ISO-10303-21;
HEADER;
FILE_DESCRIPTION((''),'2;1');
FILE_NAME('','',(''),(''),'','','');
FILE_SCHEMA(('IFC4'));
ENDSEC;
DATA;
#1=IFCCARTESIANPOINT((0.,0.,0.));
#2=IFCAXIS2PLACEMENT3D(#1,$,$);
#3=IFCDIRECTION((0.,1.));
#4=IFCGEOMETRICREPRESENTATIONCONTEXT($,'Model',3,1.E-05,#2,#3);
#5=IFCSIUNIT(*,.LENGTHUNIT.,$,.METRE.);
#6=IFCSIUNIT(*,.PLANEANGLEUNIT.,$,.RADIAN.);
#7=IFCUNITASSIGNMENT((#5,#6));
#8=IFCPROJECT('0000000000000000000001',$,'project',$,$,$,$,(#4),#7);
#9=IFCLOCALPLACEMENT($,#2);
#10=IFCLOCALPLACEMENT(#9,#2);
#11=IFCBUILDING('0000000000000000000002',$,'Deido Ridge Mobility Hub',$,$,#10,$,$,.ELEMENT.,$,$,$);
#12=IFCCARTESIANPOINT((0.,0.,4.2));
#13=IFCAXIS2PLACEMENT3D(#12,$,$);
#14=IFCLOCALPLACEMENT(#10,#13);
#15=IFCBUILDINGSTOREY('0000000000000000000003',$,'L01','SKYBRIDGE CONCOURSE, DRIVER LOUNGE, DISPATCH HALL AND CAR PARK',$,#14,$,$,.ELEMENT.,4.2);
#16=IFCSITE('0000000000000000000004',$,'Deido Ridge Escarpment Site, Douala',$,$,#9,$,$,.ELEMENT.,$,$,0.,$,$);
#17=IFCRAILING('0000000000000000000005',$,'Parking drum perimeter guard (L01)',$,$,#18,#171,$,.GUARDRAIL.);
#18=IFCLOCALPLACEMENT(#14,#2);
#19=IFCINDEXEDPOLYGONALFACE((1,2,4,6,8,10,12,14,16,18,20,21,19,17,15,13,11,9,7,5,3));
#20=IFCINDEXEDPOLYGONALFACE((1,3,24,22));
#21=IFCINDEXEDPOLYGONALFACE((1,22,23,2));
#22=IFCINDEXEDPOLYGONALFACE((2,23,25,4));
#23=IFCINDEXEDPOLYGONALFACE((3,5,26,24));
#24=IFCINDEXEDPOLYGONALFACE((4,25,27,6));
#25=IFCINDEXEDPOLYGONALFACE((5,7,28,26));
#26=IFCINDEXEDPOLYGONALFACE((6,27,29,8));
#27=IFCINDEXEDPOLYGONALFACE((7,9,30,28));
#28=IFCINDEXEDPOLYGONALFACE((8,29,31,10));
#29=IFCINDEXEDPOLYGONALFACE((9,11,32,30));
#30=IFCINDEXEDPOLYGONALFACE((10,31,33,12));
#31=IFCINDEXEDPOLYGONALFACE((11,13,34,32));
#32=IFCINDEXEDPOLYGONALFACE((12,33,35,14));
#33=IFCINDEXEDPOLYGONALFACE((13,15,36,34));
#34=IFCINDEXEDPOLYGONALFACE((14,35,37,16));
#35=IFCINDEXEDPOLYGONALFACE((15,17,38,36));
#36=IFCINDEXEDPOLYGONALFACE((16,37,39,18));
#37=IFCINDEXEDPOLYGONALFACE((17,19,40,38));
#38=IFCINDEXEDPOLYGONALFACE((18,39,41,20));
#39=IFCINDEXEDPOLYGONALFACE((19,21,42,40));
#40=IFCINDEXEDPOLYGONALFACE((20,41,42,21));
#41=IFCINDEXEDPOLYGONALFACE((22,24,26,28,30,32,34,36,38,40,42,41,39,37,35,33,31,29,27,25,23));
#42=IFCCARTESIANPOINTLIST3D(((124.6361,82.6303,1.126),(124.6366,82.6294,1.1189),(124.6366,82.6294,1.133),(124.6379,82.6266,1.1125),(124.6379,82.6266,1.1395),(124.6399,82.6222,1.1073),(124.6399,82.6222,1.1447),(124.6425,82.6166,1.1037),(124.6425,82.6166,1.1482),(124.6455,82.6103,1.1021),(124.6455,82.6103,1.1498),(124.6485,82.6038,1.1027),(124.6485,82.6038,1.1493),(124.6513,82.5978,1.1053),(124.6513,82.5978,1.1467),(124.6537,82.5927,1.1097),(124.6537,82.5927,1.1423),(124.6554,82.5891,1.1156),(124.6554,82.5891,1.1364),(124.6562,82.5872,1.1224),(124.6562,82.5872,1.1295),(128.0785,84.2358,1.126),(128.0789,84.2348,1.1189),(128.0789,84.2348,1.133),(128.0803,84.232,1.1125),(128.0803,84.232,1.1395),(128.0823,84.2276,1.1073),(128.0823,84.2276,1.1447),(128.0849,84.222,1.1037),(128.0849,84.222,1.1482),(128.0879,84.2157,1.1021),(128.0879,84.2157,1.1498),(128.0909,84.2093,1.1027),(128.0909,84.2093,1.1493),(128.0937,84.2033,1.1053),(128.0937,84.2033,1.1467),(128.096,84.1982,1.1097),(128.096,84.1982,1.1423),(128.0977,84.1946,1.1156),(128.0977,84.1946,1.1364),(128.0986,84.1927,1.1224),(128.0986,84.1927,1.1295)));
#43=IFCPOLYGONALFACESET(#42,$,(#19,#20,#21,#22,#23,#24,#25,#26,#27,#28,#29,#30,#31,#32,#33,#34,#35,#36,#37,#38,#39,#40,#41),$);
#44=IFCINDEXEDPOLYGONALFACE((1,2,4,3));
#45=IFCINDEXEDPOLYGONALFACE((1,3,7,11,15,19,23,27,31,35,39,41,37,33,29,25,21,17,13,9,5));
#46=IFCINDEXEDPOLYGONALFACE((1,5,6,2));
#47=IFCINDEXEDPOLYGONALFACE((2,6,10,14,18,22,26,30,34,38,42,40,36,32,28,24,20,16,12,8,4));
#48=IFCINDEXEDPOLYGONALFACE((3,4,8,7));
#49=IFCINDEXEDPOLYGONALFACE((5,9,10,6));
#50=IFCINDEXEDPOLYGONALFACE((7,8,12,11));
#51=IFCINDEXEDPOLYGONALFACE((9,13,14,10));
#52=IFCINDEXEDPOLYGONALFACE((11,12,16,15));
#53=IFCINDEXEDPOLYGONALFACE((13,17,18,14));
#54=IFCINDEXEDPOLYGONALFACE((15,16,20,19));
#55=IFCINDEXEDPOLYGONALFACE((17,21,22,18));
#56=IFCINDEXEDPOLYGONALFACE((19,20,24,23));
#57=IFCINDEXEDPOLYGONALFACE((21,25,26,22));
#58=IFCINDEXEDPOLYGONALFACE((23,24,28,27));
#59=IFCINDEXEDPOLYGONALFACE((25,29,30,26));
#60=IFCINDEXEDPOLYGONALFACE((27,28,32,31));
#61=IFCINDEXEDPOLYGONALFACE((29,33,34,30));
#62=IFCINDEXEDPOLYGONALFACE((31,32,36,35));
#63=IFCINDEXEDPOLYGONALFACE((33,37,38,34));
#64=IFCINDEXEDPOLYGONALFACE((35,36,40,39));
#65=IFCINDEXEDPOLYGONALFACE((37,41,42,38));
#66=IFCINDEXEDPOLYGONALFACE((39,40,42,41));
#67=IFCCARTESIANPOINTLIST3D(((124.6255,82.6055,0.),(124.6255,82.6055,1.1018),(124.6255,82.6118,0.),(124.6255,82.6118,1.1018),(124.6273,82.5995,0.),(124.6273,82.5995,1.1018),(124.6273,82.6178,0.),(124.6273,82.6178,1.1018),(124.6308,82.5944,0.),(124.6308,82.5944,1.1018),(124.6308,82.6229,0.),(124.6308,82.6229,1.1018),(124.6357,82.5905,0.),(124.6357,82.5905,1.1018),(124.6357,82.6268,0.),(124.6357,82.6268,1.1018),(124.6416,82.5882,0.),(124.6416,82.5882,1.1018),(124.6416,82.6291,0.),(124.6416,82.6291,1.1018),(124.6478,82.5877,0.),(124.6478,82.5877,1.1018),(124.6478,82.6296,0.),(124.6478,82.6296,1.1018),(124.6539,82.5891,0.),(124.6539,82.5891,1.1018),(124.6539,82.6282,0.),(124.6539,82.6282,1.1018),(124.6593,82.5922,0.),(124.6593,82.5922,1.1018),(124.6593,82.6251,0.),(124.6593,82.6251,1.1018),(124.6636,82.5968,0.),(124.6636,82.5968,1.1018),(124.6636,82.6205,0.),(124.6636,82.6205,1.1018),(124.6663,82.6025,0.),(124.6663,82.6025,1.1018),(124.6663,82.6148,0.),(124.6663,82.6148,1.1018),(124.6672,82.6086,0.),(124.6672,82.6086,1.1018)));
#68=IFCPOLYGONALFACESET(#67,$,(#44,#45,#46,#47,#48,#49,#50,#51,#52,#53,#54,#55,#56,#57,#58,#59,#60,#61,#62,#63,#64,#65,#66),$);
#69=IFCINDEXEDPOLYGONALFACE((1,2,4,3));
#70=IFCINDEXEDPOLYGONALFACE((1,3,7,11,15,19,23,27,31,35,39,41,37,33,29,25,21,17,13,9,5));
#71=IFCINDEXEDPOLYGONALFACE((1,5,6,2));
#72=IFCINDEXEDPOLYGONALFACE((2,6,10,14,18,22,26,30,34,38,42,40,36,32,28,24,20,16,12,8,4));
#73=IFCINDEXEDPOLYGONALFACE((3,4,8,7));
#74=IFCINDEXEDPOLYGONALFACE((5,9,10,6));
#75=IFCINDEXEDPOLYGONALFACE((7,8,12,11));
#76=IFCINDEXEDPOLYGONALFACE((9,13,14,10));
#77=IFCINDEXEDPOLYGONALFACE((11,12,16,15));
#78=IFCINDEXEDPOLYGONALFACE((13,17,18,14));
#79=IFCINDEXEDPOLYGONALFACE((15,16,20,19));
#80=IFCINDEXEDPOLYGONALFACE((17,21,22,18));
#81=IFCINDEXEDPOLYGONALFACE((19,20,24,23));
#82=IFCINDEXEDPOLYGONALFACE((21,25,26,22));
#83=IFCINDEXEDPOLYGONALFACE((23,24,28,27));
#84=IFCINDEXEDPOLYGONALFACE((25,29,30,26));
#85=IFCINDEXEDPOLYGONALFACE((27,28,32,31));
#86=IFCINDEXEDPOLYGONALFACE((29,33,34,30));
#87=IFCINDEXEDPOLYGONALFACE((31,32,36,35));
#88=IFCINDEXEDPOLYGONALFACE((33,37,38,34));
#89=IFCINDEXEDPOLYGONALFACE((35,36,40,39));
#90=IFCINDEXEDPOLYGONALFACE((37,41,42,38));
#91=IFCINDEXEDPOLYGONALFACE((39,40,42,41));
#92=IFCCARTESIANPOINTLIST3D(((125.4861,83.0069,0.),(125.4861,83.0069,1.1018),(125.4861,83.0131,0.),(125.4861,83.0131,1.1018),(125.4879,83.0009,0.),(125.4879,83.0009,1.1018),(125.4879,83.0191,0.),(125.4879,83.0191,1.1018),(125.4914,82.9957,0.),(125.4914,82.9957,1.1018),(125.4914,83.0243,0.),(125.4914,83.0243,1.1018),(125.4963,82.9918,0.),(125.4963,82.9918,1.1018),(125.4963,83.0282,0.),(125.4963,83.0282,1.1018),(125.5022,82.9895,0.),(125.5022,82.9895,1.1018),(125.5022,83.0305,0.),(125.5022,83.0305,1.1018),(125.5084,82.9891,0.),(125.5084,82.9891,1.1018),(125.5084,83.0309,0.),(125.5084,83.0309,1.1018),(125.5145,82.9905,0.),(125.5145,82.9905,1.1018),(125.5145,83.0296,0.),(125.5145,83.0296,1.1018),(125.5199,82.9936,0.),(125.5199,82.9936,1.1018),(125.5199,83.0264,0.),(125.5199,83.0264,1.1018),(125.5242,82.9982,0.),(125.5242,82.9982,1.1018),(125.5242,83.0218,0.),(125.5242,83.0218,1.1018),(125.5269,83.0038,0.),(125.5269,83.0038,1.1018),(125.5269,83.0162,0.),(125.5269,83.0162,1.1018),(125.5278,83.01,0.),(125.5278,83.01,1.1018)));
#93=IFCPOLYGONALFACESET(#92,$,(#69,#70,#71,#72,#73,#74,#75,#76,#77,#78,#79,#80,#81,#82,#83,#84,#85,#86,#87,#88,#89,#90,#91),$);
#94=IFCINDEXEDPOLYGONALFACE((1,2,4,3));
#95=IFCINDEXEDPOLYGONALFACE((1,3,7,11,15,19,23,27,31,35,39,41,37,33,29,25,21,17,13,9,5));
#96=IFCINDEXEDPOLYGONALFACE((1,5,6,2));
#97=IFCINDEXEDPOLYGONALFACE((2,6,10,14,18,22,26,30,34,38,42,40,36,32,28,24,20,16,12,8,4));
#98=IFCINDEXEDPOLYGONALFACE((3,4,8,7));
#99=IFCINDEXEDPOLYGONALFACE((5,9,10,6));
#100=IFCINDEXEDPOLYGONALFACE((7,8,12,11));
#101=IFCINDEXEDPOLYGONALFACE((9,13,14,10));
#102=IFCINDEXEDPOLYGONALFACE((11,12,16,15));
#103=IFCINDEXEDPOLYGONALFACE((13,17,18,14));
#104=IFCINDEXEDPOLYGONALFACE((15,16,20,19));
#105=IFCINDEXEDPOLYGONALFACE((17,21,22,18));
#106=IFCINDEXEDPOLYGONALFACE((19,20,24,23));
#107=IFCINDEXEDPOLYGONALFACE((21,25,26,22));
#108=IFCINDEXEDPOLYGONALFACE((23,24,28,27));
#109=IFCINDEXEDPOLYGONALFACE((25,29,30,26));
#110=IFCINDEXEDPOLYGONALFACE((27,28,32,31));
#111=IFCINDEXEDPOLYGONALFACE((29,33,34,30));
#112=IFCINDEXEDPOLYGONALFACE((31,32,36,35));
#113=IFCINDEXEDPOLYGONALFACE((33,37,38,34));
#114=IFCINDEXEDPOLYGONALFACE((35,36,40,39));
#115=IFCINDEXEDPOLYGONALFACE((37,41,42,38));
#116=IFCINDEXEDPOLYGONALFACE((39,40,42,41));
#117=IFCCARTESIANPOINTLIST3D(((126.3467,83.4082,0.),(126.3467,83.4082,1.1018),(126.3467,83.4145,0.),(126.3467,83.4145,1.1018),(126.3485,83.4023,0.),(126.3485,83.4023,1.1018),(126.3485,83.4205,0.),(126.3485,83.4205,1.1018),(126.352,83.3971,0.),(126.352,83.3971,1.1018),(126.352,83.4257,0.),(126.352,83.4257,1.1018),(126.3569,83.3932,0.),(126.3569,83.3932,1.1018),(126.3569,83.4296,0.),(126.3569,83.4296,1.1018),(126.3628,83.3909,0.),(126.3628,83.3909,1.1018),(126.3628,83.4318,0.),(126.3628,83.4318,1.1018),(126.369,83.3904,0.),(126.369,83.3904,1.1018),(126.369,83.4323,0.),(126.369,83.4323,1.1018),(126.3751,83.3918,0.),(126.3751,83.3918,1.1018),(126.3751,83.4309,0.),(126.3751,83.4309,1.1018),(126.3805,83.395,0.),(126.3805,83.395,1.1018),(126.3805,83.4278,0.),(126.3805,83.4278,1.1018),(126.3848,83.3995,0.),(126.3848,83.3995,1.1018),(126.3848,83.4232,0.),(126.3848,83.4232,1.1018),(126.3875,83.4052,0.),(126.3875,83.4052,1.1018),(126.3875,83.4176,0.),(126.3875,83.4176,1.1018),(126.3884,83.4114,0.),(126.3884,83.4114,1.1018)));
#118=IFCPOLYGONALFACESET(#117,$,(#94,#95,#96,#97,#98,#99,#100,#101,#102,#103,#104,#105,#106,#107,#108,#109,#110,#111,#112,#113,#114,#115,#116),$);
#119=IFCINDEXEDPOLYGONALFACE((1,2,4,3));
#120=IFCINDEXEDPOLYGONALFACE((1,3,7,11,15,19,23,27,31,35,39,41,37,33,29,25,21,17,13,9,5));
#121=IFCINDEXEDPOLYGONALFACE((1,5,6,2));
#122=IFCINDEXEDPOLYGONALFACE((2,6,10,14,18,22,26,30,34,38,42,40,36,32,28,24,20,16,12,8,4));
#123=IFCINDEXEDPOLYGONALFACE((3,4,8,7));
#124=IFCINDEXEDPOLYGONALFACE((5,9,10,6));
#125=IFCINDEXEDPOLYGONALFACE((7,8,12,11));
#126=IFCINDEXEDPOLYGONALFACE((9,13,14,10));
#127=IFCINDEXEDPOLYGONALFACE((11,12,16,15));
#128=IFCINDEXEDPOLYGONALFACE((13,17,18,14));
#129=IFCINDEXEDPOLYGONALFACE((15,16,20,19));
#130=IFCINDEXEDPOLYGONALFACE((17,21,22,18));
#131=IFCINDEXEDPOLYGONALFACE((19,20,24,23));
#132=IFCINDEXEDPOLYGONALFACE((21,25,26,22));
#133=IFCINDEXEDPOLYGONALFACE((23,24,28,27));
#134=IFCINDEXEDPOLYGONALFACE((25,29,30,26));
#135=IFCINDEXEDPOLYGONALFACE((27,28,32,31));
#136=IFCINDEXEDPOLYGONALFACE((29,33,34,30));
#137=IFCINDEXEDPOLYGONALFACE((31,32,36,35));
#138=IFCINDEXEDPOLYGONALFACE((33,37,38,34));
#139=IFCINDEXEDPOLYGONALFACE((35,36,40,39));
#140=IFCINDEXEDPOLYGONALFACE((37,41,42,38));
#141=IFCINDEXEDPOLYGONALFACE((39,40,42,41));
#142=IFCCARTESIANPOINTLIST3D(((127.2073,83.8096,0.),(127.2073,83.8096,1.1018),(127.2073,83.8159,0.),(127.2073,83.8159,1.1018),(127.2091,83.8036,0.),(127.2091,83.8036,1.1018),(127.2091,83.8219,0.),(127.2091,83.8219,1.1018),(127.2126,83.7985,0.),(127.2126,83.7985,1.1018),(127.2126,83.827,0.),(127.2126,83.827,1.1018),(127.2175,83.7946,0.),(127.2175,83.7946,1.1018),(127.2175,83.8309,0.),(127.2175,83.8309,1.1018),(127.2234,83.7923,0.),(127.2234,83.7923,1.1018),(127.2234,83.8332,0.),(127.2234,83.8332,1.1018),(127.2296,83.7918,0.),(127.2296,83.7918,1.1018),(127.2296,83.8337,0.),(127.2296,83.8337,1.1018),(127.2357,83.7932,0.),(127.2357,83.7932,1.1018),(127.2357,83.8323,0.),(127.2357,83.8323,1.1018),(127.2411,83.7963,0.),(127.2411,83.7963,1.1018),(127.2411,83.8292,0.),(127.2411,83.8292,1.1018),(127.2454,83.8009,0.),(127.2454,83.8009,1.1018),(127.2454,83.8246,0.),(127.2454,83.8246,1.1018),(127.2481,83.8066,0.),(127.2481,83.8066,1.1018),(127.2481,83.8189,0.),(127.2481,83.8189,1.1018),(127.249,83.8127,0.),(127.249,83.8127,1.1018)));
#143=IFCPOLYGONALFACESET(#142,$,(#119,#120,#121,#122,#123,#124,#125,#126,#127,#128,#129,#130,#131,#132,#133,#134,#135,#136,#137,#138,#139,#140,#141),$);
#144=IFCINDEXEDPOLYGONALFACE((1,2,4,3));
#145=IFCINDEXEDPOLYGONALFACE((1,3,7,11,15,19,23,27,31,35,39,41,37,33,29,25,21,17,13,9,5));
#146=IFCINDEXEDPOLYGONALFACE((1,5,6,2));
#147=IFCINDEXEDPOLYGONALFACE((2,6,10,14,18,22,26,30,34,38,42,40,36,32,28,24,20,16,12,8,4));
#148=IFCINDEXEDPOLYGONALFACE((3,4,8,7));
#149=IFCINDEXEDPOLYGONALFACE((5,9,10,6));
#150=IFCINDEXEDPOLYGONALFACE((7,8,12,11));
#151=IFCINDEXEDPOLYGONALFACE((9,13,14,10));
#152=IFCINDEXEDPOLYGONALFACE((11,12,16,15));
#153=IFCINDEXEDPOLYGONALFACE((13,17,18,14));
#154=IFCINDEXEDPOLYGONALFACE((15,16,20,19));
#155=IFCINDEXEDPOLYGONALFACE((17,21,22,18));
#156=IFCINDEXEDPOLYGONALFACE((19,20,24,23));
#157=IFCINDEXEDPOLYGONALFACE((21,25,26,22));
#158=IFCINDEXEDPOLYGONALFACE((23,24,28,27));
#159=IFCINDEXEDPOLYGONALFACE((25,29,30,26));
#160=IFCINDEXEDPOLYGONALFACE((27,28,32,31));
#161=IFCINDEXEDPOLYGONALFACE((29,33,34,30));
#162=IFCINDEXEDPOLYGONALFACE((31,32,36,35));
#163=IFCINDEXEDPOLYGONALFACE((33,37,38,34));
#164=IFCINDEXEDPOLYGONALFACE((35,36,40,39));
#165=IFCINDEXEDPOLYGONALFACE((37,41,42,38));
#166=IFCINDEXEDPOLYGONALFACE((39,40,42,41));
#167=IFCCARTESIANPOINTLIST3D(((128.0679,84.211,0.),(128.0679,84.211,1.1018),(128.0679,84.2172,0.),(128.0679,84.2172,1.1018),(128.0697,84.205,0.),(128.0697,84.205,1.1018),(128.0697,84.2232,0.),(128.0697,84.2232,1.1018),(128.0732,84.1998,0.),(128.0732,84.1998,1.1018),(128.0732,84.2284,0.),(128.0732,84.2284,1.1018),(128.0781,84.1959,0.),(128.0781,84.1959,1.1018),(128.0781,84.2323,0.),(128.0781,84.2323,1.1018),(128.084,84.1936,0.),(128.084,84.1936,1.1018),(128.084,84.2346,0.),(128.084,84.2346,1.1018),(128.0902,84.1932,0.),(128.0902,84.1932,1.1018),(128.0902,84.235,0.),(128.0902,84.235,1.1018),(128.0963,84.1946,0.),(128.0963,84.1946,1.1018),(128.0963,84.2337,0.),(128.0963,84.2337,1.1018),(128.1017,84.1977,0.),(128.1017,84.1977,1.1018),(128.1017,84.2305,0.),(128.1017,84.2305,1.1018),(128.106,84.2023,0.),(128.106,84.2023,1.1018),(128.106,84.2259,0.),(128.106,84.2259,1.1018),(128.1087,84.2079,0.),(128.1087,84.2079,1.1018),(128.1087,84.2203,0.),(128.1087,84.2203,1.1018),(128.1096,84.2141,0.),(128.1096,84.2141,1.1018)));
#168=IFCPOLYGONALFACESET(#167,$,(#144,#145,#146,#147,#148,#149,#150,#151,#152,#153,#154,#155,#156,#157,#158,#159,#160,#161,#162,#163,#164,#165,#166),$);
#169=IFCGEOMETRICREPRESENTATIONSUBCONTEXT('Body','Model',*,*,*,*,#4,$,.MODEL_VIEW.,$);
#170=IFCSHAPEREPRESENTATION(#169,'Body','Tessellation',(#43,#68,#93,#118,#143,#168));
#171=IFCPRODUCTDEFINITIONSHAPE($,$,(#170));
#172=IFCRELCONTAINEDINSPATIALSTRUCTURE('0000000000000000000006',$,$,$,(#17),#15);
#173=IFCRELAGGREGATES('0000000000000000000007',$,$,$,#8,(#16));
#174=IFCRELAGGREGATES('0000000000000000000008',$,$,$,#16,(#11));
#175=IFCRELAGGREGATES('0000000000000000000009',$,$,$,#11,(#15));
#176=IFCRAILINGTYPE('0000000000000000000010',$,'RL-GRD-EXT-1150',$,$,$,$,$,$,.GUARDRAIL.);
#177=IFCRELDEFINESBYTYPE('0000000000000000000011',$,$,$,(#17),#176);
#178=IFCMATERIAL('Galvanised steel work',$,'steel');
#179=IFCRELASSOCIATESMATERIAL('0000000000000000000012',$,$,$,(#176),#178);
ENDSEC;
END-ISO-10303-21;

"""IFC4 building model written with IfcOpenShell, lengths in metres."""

from ifc_helpers import new_model, si_unit, direction, frame, origin, origin_2d, place, context, subcontext, project, spatial, circle, extrude, material, type_object, element, save


model = new_model("IFC4")

# Units and contexts
model_context = context("Model", 3, precision=1e-05, world=origin(), true_north=direction((0.0, 1.0)))
body_context = subcontext(model_context, "Body", "Model", "MODEL_VIEW")
ifc_project = project(units=[si_unit("LENGTHUNIT", "METRE"), si_unit("PLANEANGLEUNIT", "RADIAN")], contexts=[model_context])

# Site, building, storey
site_placement = place(None, origin())
site = spatial("IfcSite", under=ifc_project, at=site_placement, Name="Deido Ridge Escarpment Site, Douala", CompositionType="ELEMENT", RefElevation=0.0)
building_placement = place(site_placement, origin())
building = spatial("IfcBuilding", under=site, at=building_placement, Name="Deido Ridge Mobility Hub", CompositionType="ELEMENT")
storey_placement = place(building_placement, frame((0.0, 0.0, 4.2)))
storey = spatial("IfcBuildingStorey", under=building, at=storey_placement, Name="L01", Description="SKYBRIDGE CONCOURSE, DRIVER LOUNGE, DISPATCH HALL AND CAR PARK", CompositionType="ELEMENT", Elevation=4.2)

# Railing
ifc_material_1 = material(Name="Galvanised steel work", Category="steel")
railing_type = type_object("IfcRailingType", Name="RL-GRD-EXT-1150", PredefinedType="GUARDRAIL", material=ifc_material_1)
railing_1_placement = place(storey_placement, frame((124.6462, 82.6086, 0.0)))
element("IfcRailing", 1, at=railing_1_placement, inside=storey, type_object=railing_type, Name="Parking drum perimeter guard (L01)", PredefinedType="GUARDRAIL", context=body_context, shape_type="SweptSolid", body=[
    extrude(circle(Radius=0.0239, at=origin_2d()), frame((0.0, 0.0, 1.126), z_axis=(0.906282, 0.422674, 0.0), x_axis=(-0.422674, 0.906282, 0.0)), (0.0, 0.0, 1.0), 3.7983),
    extrude(circle(Radius=0.021, at=origin_2d()), origin(), (0.0, 0.0, 1.0), 1.1018),
    extrude(circle(Radius=0.021, at=origin_2d()), frame((0.8606, 0.4014, 0.0)), (0.0, 0.0, 1.0), 1.1018),
    extrude(circle(Radius=0.021, at=origin_2d()), frame((1.7212, 0.8027, 0.0)), (0.0, 0.0, 1.0), 1.1018),
    extrude(circle(Radius=0.021, at=origin_2d()), frame((2.5818, 1.2041, 0.0)), (0.0, 0.0, 1.0), 1.1018),
    extrude(circle(Radius=0.021, at=origin_2d()), frame((3.4424, 1.6055, 0.0)), (0.0, 0.0, 1.0), 1.1018),
])

save(model, "model.ifc")
